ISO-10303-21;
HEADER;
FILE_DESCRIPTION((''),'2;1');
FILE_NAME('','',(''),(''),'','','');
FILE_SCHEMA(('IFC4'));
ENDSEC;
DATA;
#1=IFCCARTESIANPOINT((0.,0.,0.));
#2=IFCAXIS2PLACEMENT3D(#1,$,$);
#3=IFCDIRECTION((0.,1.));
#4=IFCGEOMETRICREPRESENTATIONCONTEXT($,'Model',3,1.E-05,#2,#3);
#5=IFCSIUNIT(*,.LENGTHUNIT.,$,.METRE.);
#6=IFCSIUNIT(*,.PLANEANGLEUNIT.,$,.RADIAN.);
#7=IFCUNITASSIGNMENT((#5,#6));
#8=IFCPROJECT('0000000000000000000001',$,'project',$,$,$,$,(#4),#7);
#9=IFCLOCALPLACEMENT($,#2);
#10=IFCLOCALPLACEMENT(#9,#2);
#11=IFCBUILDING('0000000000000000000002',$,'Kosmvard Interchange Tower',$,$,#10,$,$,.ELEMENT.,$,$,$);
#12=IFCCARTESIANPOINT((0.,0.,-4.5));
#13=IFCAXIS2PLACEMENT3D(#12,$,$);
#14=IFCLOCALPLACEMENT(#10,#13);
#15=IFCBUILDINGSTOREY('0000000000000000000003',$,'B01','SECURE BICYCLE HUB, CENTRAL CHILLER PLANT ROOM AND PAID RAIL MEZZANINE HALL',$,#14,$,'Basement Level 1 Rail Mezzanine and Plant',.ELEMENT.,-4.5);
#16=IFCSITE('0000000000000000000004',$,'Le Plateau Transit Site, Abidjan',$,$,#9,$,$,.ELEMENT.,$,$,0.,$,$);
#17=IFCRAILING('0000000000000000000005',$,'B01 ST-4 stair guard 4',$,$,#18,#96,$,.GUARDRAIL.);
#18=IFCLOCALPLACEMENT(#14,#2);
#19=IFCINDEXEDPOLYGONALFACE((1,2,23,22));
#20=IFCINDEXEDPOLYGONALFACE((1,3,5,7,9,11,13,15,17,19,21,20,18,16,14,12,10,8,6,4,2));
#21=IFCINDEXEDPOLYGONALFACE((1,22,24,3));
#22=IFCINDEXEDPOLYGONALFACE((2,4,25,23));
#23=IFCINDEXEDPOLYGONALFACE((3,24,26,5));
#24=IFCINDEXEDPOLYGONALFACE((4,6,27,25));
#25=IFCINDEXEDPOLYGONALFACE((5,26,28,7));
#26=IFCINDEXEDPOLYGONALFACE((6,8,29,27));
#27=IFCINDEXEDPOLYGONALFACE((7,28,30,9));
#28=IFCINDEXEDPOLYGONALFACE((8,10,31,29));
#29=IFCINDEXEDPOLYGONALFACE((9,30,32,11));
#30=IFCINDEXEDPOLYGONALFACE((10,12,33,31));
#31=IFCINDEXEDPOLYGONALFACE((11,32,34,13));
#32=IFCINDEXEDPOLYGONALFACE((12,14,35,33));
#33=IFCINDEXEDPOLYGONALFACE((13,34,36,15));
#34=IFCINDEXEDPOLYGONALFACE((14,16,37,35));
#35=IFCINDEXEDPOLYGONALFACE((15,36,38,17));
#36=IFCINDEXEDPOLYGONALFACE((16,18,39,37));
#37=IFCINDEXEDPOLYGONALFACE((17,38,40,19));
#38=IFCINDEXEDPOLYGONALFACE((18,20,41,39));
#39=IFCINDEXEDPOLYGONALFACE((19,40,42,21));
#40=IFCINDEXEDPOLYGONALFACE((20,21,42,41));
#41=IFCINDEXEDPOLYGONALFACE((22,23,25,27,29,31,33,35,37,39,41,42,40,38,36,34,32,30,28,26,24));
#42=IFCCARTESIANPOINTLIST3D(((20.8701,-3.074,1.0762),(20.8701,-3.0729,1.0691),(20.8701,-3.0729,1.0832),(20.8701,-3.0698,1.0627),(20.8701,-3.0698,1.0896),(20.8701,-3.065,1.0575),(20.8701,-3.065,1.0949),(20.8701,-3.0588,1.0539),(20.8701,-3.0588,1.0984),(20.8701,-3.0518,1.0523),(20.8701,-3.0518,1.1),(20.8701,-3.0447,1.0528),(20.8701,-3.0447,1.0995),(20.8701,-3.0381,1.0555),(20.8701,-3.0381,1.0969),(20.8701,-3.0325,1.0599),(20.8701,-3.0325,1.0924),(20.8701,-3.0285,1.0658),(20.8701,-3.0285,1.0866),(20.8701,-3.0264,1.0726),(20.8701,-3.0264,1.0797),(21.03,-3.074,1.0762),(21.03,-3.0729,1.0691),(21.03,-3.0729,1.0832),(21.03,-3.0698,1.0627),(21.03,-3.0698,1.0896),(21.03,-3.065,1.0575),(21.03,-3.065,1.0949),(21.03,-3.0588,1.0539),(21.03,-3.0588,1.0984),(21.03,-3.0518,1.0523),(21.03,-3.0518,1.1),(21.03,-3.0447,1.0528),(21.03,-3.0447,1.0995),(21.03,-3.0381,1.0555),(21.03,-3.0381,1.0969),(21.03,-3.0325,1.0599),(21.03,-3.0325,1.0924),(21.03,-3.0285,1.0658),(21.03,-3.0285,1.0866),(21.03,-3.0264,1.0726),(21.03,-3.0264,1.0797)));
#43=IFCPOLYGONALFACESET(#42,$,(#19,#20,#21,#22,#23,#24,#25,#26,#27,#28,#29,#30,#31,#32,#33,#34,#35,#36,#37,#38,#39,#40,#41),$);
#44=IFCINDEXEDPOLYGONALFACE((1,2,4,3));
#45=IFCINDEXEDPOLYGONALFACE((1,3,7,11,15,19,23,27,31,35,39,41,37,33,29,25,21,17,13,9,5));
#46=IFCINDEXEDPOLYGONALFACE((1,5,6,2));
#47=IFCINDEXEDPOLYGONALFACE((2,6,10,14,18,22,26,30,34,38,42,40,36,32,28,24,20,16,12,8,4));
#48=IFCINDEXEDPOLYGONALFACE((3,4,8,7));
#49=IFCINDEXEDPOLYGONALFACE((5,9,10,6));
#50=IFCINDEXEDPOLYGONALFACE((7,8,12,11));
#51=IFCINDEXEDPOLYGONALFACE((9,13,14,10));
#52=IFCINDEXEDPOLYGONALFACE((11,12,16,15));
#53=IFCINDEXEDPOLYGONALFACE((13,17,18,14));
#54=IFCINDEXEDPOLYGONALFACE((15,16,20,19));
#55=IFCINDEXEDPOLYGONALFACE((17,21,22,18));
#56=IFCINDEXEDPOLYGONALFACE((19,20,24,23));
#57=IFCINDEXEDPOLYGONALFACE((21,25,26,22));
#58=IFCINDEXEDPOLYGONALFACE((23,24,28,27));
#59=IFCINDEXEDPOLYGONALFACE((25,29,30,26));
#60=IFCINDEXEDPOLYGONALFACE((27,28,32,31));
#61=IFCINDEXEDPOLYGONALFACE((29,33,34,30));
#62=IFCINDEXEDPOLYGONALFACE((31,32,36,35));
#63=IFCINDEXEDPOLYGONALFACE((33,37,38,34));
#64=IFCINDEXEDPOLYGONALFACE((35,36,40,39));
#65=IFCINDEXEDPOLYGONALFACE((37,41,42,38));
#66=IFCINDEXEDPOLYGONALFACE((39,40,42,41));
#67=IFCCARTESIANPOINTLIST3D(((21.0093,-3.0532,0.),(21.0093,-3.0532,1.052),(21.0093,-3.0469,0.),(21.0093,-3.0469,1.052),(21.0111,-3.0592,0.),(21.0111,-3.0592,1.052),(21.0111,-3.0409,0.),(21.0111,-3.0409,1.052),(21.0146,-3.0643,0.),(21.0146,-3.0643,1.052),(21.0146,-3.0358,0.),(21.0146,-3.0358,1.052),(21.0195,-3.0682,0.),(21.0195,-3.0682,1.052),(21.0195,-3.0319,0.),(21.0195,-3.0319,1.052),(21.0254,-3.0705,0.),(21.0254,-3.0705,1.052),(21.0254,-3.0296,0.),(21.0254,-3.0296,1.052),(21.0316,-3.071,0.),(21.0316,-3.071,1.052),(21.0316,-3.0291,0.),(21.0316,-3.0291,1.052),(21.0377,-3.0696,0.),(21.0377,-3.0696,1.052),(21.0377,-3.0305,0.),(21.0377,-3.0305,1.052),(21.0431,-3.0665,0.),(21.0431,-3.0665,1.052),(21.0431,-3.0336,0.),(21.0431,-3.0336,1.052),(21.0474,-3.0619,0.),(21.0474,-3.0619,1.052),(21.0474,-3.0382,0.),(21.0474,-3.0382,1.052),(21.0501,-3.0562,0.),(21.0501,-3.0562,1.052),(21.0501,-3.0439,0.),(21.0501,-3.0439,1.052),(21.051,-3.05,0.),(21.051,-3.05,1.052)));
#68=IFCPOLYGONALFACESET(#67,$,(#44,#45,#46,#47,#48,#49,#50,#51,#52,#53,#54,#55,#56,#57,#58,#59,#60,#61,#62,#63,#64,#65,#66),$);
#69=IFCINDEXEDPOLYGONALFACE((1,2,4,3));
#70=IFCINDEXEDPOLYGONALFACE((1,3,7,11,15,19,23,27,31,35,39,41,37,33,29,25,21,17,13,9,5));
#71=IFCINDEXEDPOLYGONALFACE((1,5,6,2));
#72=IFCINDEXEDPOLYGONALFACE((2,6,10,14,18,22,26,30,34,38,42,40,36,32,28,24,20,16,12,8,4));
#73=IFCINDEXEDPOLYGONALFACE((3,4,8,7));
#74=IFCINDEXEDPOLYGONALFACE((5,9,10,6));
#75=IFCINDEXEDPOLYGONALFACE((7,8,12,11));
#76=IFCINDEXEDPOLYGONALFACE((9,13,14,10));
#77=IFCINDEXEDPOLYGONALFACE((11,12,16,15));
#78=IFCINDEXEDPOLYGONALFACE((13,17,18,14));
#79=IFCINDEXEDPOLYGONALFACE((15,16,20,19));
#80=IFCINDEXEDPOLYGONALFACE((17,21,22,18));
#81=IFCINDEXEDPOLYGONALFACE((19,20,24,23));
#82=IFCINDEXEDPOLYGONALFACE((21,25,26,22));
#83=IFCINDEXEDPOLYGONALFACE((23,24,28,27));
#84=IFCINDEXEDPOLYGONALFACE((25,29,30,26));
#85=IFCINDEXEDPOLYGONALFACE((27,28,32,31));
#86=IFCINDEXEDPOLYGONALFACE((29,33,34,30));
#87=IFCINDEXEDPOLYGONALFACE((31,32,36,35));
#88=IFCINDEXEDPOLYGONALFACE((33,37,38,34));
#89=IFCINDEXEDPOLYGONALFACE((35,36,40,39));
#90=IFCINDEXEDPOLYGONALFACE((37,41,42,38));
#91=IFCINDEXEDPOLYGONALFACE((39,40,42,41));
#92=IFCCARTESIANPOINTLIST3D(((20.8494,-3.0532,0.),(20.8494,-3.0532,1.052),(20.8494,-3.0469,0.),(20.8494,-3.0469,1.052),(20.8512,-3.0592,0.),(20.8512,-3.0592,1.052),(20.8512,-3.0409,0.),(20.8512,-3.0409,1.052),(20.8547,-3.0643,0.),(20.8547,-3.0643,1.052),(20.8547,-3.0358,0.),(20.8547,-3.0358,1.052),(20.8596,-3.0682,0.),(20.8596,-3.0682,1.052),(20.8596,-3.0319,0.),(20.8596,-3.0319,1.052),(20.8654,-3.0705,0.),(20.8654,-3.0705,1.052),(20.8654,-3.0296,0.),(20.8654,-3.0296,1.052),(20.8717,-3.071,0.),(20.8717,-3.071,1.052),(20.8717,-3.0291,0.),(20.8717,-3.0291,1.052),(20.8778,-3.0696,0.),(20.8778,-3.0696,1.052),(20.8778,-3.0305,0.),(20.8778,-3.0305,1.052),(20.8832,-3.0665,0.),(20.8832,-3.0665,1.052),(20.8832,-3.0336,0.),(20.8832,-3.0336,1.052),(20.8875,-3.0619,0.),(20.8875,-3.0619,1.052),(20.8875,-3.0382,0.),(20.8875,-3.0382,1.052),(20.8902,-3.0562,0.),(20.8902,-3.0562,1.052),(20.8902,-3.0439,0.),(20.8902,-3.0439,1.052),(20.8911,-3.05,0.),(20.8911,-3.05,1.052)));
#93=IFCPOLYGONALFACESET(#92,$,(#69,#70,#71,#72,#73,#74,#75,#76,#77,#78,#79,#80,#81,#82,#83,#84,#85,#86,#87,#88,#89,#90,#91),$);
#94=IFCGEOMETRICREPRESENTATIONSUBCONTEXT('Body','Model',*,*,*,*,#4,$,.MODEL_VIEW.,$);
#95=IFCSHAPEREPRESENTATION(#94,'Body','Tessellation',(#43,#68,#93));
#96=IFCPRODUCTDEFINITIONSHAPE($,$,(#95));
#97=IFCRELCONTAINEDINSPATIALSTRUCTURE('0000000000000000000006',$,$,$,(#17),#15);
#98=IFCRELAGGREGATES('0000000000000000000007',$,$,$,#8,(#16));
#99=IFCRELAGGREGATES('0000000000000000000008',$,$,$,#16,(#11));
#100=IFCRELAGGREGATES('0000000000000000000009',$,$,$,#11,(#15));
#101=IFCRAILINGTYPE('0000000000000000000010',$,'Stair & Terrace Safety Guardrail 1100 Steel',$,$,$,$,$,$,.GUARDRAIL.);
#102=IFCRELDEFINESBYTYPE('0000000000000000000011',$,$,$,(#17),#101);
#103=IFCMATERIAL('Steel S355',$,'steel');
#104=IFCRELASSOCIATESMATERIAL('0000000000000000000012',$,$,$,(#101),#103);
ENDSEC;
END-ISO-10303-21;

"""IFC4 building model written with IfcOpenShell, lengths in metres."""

from ifc_helpers import new_model, si_unit, direction, frame, origin, origin_2d, place, context, subcontext, project, spatial, circle, extrude, source, transform, mapped, material, type_object, element, save


model = new_model("IFC4")

# Units and contexts
model_context = context("Model", 3, precision=1e-05, world=origin(), true_north=direction((0.0, 1.0)))
body_context = subcontext(model_context, "Body", "Model", "MODEL_VIEW")
ifc_project = project(units=[si_unit("LENGTHUNIT", "METRE"), si_unit("PLANEANGLEUNIT", "RADIAN")], contexts=[model_context])

# Site, building, storey
site_placement = place(None, origin())
site = spatial("IfcSite", under=ifc_project, at=site_placement, Name="Le Plateau Transit Site, Abidjan", CompositionType="ELEMENT", RefElevation=0.0)
building_placement = place(site_placement, origin())
building = spatial("IfcBuilding", under=site, at=building_placement, Name="Kosmvard Interchange Tower", CompositionType="ELEMENT")
storey_placement = place(building_placement, frame((0.0, 0.0, -4.5)))
storey = spatial("IfcBuildingStorey", under=building, at=storey_placement, Name="B01", Description="SECURE BICYCLE HUB, CENTRAL CHILLER PLANT ROOM AND PAID RAIL MEZZANINE HALL", LongName="Basement Level 1 Rail Mezzanine and Plant", CompositionType="ELEMENT", Elevation=-4.5)

# Shared definitions
ifc_material_1 = material(Name="Steel S355", Category="steel")

# Railing
railing_type_1 = type_object("IfcRailingType", Name="Stair & Terrace Safety Guardrail 1100 Steel", PredefinedType="GUARDRAIL", material=ifc_material_1)
shared_shape_1 = source(origin(), body_context, "Body", "SweptSolid", [
    extrude(circle(Radius=0.0239, at=origin_2d()), frame((0.0, 0.0, 1.0762), z_axis=(-1.0, 0.0, 0.0), x_axis=(0.0, -1.0, 0.0)), (0.0, 0.0, 1.0), 0.1599),
    extrude(circle(Radius=0.021, at=origin_2d()), origin(), (0.0, 0.0, 1.0), 1.052),
    extrude(circle(Radius=0.021, at=origin_2d()), frame((-0.1599, 0.0, 0.0)), (0.0, 0.0, 1.0), 1.052),
])
railing_1_placement = place(storey_placement, frame((21.03, -3.05, 0.0)))
element("IfcRailing", 1, at=railing_1_placement, inside=storey, type_object=railing_type_1, Name="B01 ST-4 stair guard 4", PredefinedType="GUARDRAIL", context=body_context, shape_type="MappedRepresentation", body=[
    mapped(shared_shape_1, transform((0.0, 0.0, 0.0), scale=1.0)),
])

save(model, "model.ifc")
